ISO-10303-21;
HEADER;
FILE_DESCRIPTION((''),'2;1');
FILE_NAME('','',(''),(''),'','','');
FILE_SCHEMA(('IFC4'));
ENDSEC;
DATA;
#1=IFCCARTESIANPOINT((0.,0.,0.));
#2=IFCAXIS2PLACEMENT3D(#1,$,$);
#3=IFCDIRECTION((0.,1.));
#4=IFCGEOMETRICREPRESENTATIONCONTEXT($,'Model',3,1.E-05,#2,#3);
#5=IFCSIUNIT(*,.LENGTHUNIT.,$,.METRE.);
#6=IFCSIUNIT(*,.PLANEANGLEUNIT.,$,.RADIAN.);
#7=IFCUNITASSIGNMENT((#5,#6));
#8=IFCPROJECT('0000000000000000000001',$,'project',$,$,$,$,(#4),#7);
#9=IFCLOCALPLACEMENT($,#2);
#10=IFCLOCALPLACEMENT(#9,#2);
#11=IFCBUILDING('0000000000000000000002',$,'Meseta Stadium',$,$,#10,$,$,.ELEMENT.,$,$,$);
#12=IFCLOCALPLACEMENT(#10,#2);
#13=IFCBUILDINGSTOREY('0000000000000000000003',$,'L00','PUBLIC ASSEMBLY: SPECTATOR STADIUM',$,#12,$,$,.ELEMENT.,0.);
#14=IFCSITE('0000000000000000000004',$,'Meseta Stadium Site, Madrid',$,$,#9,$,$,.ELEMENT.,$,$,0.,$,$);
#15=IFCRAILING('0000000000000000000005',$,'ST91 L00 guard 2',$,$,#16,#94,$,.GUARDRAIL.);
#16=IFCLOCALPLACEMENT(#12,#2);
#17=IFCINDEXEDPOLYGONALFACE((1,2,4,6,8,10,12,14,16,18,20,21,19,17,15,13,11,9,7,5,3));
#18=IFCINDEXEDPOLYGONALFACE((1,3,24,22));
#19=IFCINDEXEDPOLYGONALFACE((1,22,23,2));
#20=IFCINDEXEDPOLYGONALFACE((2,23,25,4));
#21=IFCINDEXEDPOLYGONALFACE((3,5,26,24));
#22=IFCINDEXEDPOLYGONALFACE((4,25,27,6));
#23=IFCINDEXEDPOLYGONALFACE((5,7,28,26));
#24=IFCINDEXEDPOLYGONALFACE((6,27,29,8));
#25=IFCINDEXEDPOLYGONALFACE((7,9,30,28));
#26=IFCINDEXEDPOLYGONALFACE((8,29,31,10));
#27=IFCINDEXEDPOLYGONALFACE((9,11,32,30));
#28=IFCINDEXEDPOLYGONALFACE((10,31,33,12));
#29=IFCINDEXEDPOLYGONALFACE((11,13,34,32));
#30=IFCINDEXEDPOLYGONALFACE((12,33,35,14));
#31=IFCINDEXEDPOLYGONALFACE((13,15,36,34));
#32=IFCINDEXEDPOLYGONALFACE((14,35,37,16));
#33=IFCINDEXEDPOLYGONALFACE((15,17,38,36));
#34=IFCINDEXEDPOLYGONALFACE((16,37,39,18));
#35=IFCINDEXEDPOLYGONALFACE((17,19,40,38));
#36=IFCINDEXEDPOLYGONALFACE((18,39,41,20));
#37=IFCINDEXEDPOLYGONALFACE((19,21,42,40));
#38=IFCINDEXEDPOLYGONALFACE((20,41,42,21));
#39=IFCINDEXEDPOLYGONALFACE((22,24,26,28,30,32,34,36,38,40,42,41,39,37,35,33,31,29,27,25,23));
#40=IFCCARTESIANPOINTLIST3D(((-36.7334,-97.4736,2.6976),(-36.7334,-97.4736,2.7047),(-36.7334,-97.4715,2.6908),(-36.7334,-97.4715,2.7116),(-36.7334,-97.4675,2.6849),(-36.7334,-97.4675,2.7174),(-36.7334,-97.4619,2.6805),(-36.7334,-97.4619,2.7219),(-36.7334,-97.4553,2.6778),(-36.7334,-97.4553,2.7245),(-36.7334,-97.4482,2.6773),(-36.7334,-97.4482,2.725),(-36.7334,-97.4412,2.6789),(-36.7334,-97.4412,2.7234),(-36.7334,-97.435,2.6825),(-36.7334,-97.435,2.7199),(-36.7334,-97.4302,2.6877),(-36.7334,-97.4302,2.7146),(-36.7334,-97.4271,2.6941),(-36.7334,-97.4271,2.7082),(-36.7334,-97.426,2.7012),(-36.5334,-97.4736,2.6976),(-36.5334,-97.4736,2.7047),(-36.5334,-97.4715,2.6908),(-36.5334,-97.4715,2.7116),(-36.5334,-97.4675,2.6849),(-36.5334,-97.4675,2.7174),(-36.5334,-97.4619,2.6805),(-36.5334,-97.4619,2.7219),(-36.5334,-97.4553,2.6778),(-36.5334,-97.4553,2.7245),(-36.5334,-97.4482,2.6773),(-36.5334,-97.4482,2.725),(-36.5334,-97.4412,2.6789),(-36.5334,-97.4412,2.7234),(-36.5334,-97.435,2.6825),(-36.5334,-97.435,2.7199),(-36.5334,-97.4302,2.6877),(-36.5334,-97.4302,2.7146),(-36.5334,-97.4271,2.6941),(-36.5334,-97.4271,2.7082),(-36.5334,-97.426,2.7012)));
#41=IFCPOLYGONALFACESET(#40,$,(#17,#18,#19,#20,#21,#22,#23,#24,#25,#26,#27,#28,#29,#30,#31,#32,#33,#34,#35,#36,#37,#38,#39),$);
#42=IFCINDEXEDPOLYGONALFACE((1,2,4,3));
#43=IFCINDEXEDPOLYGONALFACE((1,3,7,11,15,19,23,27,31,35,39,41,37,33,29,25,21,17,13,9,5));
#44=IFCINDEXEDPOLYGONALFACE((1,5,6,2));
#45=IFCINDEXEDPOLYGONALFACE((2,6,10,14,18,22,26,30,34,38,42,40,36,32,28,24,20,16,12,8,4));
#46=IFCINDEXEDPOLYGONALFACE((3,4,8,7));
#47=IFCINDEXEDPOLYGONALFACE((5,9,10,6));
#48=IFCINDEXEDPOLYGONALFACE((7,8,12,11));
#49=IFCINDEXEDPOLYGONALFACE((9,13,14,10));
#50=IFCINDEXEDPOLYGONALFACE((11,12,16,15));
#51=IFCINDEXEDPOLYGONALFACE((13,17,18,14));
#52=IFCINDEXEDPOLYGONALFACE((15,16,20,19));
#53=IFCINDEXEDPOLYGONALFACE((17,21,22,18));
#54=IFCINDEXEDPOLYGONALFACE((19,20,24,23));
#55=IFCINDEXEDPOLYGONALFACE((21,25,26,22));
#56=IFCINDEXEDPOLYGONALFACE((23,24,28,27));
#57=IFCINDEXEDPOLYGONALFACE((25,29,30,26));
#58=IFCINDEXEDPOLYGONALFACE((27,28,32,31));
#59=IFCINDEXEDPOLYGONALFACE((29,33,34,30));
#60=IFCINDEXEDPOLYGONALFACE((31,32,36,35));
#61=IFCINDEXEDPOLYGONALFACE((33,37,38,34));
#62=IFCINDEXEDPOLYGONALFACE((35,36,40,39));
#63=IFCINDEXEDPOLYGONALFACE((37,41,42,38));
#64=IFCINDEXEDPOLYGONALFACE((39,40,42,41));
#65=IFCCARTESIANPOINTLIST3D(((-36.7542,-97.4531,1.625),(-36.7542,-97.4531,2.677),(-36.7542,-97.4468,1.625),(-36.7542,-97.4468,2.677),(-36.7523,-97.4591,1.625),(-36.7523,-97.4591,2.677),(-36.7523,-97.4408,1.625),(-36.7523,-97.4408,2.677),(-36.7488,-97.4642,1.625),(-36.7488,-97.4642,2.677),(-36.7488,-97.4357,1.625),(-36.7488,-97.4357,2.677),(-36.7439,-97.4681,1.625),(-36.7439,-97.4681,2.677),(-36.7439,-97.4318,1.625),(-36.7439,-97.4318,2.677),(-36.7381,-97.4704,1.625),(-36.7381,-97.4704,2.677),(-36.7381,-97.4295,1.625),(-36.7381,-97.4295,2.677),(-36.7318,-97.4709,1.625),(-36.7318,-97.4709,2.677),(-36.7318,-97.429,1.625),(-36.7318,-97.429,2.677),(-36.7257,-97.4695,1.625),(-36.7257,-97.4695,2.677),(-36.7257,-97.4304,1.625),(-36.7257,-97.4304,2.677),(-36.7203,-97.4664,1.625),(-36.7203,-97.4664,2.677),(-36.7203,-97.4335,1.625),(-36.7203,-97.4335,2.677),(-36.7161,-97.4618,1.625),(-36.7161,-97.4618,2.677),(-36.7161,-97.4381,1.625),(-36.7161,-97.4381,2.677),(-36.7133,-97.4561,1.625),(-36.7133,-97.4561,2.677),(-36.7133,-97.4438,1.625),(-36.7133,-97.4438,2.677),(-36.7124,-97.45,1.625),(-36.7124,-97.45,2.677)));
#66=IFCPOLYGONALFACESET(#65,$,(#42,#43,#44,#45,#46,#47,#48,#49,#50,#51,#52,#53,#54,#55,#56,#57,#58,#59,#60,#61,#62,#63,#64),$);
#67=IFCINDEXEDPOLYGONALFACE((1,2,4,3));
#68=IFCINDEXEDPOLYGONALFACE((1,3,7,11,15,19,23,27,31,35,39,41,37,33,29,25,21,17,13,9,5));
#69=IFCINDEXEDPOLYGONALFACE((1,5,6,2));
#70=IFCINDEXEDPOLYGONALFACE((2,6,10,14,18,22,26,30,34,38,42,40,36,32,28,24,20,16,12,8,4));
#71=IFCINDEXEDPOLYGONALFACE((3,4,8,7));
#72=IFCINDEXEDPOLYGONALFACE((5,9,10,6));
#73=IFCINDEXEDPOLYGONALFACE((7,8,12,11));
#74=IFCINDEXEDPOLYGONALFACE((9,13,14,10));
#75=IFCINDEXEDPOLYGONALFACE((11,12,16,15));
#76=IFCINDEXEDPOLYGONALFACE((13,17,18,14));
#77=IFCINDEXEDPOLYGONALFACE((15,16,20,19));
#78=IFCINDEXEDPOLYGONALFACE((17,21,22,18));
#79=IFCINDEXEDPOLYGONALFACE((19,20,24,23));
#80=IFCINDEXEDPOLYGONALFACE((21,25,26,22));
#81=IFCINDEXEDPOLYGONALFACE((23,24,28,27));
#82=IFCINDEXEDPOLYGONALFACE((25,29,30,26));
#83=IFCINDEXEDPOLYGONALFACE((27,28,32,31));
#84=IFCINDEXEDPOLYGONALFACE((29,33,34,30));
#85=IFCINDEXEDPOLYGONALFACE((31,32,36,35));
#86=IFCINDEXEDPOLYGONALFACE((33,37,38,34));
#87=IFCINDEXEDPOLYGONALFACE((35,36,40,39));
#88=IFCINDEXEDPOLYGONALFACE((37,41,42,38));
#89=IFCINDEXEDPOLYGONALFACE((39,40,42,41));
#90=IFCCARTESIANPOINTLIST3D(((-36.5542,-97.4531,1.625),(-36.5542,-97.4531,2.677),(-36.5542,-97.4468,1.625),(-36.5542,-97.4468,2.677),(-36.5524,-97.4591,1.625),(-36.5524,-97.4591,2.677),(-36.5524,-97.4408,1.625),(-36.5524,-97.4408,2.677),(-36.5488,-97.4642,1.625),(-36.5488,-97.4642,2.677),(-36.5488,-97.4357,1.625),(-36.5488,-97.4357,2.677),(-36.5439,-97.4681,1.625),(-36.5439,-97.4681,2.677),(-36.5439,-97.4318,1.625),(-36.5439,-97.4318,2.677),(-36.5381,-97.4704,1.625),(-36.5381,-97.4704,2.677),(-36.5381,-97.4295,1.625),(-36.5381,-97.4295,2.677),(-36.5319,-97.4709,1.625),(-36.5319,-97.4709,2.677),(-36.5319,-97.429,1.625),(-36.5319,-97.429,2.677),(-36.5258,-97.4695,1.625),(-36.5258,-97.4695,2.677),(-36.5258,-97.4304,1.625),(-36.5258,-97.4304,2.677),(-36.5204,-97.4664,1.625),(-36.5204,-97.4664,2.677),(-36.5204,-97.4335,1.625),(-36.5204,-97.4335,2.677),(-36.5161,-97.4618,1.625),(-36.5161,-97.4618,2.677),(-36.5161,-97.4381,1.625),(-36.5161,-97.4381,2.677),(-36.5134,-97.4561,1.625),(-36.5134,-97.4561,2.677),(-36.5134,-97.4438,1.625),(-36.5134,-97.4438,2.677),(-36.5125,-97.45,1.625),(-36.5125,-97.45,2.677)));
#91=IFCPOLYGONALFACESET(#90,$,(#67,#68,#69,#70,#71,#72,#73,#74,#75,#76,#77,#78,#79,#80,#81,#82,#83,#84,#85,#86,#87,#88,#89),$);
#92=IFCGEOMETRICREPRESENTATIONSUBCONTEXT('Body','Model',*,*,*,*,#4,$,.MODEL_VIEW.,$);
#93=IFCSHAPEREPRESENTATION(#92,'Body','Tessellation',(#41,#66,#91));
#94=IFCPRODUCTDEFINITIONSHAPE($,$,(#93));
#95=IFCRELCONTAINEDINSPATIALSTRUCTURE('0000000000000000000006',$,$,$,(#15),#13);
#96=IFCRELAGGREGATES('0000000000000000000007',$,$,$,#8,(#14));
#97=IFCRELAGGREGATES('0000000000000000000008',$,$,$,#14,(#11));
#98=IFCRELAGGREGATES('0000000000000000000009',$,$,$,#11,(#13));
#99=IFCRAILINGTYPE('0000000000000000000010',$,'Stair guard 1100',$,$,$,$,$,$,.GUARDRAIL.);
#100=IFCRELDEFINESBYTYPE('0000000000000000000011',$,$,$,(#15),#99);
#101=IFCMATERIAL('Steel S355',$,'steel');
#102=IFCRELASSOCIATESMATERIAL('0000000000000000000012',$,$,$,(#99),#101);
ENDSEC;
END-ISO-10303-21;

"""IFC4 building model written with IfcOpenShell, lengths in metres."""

from ifc_helpers import new_model, si_unit, direction, frame, origin, origin_2d, place, context, subcontext, project, spatial, circle, extrude, material, type_object, element, save


model = new_model("IFC4")

# Units and contexts
model_context = context("Model", 3, precision=1e-05, world=origin(), true_north=direction((0.0, 1.0)))
body_context = subcontext(model_context, "Body", "Model", "MODEL_VIEW")
ifc_project = project(units=[si_unit("LENGTHUNIT", "METRE"), si_unit("PLANEANGLEUNIT", "RADIAN")], contexts=[model_context])

# Site, building, storey
site_placement = place(None, origin())
site = spatial("IfcSite", under=ifc_project, at=site_placement, Name="Meseta Stadium Site, Madrid", CompositionType="ELEMENT", RefElevation=0.0)
building_placement = place(site_placement, origin())
building = spatial("IfcBuilding", under=site, at=building_placement, Name="Meseta Stadium", CompositionType="ELEMENT")
storey_placement = place(building_placement, origin())
storey = spatial("IfcBuildingStorey", under=building, at=storey_placement, Name="L00", Description="PUBLIC ASSEMBLY: SPECTATOR STADIUM", CompositionType="ELEMENT", Elevation=0.0)

# Railing
ifc_material_1 = material(Name="Steel S355", Category="steel")
railing_type_1 = type_object("IfcRailingType", Name="Stair guard 1100", PredefinedType="GUARDRAIL", material=ifc_material_1)
railing_1_placement = place(storey_placement, frame((-36.7334, -97.45, 1.625)))
element("IfcRailing", 1, at=railing_1_placement, inside=storey, type_object=railing_type_1, Name="ST91 L00 guard 2", PredefinedType="GUARDRAIL", context=body_context, shape_type="SweptSolid", body=[
    extrude(circle(Radius=0.0239, at=origin_2d()), frame((0.0, 0.0, 1.0762), z_axis=(1.0, 0.0, 0.0), x_axis=(0.0, 1.0, 0.0)), (0.0, 0.0, 1.0), 0.2),
    extrude(circle(Radius=0.021, at=origin_2d()), origin(), (0.0, 0.0, 1.0), 1.052),
    extrude(circle(Radius=0.021, at=origin_2d()), frame((0.2, 0.0, 0.0)), (0.0, 0.0, 1.0), 1.052),
])

save(model, "model.ifc")
